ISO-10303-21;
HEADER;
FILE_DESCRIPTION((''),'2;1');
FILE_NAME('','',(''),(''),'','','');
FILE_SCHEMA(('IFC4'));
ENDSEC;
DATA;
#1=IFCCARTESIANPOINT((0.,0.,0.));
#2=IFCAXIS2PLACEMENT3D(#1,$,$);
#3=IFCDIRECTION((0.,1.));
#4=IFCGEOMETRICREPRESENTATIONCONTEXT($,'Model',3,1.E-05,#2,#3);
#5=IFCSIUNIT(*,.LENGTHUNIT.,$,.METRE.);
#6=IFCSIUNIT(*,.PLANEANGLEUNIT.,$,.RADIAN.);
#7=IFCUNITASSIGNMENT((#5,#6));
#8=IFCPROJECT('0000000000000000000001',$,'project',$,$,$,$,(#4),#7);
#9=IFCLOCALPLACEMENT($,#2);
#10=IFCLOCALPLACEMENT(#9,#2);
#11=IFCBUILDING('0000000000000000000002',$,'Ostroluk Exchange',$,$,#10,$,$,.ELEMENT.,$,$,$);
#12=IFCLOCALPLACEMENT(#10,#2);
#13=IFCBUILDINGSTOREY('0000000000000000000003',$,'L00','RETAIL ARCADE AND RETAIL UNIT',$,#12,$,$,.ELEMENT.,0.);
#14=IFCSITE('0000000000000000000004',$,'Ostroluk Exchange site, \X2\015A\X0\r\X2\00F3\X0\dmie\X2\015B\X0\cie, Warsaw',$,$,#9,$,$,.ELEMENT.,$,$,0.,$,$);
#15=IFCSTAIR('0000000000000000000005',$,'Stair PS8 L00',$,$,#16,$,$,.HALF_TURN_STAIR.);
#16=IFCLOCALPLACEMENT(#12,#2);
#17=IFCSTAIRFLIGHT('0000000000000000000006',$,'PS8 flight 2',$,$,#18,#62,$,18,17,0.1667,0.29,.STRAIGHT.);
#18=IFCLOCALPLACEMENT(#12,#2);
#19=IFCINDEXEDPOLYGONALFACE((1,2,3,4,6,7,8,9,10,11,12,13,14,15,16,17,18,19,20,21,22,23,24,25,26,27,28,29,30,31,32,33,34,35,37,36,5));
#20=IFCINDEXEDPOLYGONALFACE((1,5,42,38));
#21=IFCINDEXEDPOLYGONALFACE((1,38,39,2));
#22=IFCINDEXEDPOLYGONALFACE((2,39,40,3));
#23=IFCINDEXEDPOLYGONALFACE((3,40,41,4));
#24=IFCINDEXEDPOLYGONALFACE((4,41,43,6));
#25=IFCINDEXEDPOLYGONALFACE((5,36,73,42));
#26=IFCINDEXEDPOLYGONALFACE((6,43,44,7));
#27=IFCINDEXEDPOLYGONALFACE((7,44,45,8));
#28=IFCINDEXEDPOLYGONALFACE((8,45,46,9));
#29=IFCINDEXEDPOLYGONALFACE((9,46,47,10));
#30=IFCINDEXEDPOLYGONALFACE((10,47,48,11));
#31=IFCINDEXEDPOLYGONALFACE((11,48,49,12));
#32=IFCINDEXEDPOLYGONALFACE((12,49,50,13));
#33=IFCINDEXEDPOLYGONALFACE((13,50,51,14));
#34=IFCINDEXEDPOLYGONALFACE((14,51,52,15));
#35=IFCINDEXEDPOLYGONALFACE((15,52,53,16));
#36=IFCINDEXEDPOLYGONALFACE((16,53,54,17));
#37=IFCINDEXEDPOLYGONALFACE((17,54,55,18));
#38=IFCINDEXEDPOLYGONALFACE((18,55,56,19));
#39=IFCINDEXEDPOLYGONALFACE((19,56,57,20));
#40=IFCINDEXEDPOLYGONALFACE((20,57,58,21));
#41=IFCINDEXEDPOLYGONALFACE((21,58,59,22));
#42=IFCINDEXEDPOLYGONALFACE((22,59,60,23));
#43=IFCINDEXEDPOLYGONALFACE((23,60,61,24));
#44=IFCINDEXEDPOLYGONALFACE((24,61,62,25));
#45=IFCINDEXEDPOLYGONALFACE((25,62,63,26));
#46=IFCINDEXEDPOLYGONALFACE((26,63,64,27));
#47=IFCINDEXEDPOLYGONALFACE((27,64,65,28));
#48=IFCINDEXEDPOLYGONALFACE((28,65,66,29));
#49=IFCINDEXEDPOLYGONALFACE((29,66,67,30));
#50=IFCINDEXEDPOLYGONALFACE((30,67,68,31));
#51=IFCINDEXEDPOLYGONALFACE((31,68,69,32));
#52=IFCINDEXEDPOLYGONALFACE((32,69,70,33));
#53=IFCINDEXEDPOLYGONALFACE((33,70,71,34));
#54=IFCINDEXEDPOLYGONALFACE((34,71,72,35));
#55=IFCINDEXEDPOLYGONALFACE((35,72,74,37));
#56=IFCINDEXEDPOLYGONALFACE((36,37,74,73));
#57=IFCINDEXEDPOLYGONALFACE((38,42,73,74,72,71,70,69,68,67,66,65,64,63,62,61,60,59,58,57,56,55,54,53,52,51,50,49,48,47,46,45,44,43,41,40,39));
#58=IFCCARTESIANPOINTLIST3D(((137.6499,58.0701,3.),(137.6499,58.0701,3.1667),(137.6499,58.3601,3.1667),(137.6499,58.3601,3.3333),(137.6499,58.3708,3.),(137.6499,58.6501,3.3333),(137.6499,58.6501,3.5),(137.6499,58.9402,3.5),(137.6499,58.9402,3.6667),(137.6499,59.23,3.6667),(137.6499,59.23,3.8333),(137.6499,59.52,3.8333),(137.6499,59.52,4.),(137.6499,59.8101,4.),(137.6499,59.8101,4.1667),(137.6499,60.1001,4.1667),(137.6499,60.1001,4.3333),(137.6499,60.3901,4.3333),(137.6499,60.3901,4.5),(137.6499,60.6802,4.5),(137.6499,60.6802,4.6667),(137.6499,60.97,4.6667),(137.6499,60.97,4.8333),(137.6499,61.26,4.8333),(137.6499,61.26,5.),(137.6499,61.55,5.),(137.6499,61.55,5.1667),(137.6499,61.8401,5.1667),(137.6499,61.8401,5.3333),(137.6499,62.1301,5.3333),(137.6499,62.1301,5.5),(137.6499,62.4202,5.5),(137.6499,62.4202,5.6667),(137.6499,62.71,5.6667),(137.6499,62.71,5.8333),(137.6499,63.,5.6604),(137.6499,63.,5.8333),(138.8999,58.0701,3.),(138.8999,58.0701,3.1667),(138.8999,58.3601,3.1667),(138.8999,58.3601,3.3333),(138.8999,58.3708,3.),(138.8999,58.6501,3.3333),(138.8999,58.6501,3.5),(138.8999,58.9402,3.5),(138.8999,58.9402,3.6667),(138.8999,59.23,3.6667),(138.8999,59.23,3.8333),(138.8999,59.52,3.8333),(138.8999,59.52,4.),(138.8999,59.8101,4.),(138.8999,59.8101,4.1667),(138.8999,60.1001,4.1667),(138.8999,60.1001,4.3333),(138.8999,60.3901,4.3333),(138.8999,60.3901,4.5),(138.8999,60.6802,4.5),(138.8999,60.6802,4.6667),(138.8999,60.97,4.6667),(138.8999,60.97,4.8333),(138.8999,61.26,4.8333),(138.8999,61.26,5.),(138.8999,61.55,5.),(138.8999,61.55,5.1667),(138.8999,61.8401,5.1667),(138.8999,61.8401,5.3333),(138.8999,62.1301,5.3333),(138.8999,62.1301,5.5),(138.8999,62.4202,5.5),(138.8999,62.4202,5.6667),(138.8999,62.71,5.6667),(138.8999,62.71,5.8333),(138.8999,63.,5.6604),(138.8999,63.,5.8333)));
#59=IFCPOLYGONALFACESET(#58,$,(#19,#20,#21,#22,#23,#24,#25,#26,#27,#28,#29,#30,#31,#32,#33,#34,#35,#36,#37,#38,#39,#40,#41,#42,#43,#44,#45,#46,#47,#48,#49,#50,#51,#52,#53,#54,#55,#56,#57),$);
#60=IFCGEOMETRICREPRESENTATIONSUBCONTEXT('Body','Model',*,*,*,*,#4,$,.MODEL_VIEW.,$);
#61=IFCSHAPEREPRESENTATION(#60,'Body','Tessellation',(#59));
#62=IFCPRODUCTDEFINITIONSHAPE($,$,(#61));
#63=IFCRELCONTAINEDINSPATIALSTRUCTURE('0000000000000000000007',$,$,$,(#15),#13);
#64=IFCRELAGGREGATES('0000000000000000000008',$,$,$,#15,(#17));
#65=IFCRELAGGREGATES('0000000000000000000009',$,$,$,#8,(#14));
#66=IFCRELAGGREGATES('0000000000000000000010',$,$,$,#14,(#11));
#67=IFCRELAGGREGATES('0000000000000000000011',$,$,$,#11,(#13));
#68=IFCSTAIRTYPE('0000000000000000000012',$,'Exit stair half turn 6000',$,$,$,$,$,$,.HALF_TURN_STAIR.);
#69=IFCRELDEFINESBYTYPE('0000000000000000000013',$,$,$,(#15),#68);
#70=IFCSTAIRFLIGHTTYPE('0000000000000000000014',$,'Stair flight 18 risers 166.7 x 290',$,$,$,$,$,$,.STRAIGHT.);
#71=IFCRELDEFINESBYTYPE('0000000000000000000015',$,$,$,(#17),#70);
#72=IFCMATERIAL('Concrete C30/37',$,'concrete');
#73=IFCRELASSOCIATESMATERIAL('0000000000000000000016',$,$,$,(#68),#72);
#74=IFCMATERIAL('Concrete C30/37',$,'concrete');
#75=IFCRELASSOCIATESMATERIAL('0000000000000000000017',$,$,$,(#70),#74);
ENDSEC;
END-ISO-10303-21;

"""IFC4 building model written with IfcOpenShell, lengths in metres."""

from ifc_helpers import new_model, si_unit, direction, frame, origin, place, context, subcontext, project, spatial, polyline, outline, extrude, material, type_object, element, aggregate, save


model = new_model("IFC4")

# Units and contexts
model_context = context("Model", 3, precision=1e-05, world=origin(), true_north=direction((0.0, 1.0)))
body_context = subcontext(model_context, "Body", "Model", "MODEL_VIEW")
ifc_project = project(units=[si_unit("LENGTHUNIT", "METRE"), si_unit("PLANEANGLEUNIT", "RADIAN")], contexts=[model_context])

# Site, building, storey
site_placement = place(None, origin())
site = spatial("IfcSite", under=ifc_project, at=site_placement, Name="Ostroluk Exchange site, Śródmieście, Warsaw", CompositionType="ELEMENT", RefElevation=0.0)
building_placement = place(site_placement, origin())
building = spatial("IfcBuilding", under=site, at=building_placement, Name="Ostroluk Exchange", CompositionType="ELEMENT")
storey_placement = place(building_placement, origin())
storey = spatial("IfcBuildingStorey", under=building, at=storey_placement, Name="L00", Description="RETAIL ARCADE AND RETAIL UNIT", CompositionType="ELEMENT", Elevation=0.0)

# Stair, stair flight
ifc_material_1 = material(Name="Concrete C30/37", Category="concrete")
stair_type = type_object("IfcStairType", Name="Exit stair half turn 6000", PredefinedType="HALF_TURN_STAIR", material=ifc_material_1)
stair_placement = place(storey_placement, origin())
stair = element("IfcStair", 1, at=stair_placement, inside=storey, type_object=stair_type, Name="Stair PS8 L00", PredefinedType="HALF_TURN_STAIR")
ifc_material_2 = material(Name="Concrete C30/37", Category="concrete")
stair_flight_type = type_object("IfcStairFlightType", Name="Stair flight 18 risers 166.7 x 290", PredefinedType="STRAIGHT", material=ifc_material_2)
stair_flight_1_placement = place(storey_placement, frame((138.2749, 58.0701, 3.0), z_axis=(0.0, 0.0, 1.0), x_axis=(0.0, 1.0, 0.0)))
stair_flight_1 = element("IfcStairFlight", 2, at=stair_flight_1_placement, type_object=stair_flight_type, Name="PS8 flight 2", NumberOfRisers=18, NumberOfTreads=17, PredefinedType="STRAIGHT", RiserHeight=0.1667, TreadLength=0.29, context=body_context, shape_type="SweptSolid", body=[
    extrude(outline(polyline([(0.0, 0.0), (0.0, 0.1667), (0.29, 0.1667), (0.29, 0.3333), (0.5801, 0.3333), (0.5801, 0.5), (0.8701, 0.5), (0.8701, 0.6667), (1.1599, 0.6667), (1.1599, 0.8333), (1.45, 0.8333), (1.45, 1.0), (1.74, 1.0), (1.74, 1.1667), (2.03, 1.1667), (2.03, 1.3333), (2.3201, 1.3333), (2.3201, 1.5), (2.6101, 1.5), (2.6101, 1.6667), (2.8999, 1.6667), (2.8999, 1.8333), (3.1899, 1.8333), (3.1899, 2.0), (3.48, 2.0), (3.48, 2.1667), (3.77, 2.1667), (3.77, 2.3333), (4.0601, 2.3333), (4.0601, 2.5), (4.3501, 2.5), (4.3501, 2.6667), (4.6399, 2.6667), (4.6399, 2.8333), (4.9299, 2.8333), (4.9299, 3.0), (4.9299, 2.6604), (0.3008, 0.0), (0.0, 0.0)])), frame((0.0, 0.625, 0.0), z_axis=(0.0, -1.0, 0.0), x_axis=(1.0, 0.0, 0.0)), (0.0, 0.0, 1.0), 1.25),
])
aggregate(stair, [stair_flight_1])

save(model, "model.ifc")
